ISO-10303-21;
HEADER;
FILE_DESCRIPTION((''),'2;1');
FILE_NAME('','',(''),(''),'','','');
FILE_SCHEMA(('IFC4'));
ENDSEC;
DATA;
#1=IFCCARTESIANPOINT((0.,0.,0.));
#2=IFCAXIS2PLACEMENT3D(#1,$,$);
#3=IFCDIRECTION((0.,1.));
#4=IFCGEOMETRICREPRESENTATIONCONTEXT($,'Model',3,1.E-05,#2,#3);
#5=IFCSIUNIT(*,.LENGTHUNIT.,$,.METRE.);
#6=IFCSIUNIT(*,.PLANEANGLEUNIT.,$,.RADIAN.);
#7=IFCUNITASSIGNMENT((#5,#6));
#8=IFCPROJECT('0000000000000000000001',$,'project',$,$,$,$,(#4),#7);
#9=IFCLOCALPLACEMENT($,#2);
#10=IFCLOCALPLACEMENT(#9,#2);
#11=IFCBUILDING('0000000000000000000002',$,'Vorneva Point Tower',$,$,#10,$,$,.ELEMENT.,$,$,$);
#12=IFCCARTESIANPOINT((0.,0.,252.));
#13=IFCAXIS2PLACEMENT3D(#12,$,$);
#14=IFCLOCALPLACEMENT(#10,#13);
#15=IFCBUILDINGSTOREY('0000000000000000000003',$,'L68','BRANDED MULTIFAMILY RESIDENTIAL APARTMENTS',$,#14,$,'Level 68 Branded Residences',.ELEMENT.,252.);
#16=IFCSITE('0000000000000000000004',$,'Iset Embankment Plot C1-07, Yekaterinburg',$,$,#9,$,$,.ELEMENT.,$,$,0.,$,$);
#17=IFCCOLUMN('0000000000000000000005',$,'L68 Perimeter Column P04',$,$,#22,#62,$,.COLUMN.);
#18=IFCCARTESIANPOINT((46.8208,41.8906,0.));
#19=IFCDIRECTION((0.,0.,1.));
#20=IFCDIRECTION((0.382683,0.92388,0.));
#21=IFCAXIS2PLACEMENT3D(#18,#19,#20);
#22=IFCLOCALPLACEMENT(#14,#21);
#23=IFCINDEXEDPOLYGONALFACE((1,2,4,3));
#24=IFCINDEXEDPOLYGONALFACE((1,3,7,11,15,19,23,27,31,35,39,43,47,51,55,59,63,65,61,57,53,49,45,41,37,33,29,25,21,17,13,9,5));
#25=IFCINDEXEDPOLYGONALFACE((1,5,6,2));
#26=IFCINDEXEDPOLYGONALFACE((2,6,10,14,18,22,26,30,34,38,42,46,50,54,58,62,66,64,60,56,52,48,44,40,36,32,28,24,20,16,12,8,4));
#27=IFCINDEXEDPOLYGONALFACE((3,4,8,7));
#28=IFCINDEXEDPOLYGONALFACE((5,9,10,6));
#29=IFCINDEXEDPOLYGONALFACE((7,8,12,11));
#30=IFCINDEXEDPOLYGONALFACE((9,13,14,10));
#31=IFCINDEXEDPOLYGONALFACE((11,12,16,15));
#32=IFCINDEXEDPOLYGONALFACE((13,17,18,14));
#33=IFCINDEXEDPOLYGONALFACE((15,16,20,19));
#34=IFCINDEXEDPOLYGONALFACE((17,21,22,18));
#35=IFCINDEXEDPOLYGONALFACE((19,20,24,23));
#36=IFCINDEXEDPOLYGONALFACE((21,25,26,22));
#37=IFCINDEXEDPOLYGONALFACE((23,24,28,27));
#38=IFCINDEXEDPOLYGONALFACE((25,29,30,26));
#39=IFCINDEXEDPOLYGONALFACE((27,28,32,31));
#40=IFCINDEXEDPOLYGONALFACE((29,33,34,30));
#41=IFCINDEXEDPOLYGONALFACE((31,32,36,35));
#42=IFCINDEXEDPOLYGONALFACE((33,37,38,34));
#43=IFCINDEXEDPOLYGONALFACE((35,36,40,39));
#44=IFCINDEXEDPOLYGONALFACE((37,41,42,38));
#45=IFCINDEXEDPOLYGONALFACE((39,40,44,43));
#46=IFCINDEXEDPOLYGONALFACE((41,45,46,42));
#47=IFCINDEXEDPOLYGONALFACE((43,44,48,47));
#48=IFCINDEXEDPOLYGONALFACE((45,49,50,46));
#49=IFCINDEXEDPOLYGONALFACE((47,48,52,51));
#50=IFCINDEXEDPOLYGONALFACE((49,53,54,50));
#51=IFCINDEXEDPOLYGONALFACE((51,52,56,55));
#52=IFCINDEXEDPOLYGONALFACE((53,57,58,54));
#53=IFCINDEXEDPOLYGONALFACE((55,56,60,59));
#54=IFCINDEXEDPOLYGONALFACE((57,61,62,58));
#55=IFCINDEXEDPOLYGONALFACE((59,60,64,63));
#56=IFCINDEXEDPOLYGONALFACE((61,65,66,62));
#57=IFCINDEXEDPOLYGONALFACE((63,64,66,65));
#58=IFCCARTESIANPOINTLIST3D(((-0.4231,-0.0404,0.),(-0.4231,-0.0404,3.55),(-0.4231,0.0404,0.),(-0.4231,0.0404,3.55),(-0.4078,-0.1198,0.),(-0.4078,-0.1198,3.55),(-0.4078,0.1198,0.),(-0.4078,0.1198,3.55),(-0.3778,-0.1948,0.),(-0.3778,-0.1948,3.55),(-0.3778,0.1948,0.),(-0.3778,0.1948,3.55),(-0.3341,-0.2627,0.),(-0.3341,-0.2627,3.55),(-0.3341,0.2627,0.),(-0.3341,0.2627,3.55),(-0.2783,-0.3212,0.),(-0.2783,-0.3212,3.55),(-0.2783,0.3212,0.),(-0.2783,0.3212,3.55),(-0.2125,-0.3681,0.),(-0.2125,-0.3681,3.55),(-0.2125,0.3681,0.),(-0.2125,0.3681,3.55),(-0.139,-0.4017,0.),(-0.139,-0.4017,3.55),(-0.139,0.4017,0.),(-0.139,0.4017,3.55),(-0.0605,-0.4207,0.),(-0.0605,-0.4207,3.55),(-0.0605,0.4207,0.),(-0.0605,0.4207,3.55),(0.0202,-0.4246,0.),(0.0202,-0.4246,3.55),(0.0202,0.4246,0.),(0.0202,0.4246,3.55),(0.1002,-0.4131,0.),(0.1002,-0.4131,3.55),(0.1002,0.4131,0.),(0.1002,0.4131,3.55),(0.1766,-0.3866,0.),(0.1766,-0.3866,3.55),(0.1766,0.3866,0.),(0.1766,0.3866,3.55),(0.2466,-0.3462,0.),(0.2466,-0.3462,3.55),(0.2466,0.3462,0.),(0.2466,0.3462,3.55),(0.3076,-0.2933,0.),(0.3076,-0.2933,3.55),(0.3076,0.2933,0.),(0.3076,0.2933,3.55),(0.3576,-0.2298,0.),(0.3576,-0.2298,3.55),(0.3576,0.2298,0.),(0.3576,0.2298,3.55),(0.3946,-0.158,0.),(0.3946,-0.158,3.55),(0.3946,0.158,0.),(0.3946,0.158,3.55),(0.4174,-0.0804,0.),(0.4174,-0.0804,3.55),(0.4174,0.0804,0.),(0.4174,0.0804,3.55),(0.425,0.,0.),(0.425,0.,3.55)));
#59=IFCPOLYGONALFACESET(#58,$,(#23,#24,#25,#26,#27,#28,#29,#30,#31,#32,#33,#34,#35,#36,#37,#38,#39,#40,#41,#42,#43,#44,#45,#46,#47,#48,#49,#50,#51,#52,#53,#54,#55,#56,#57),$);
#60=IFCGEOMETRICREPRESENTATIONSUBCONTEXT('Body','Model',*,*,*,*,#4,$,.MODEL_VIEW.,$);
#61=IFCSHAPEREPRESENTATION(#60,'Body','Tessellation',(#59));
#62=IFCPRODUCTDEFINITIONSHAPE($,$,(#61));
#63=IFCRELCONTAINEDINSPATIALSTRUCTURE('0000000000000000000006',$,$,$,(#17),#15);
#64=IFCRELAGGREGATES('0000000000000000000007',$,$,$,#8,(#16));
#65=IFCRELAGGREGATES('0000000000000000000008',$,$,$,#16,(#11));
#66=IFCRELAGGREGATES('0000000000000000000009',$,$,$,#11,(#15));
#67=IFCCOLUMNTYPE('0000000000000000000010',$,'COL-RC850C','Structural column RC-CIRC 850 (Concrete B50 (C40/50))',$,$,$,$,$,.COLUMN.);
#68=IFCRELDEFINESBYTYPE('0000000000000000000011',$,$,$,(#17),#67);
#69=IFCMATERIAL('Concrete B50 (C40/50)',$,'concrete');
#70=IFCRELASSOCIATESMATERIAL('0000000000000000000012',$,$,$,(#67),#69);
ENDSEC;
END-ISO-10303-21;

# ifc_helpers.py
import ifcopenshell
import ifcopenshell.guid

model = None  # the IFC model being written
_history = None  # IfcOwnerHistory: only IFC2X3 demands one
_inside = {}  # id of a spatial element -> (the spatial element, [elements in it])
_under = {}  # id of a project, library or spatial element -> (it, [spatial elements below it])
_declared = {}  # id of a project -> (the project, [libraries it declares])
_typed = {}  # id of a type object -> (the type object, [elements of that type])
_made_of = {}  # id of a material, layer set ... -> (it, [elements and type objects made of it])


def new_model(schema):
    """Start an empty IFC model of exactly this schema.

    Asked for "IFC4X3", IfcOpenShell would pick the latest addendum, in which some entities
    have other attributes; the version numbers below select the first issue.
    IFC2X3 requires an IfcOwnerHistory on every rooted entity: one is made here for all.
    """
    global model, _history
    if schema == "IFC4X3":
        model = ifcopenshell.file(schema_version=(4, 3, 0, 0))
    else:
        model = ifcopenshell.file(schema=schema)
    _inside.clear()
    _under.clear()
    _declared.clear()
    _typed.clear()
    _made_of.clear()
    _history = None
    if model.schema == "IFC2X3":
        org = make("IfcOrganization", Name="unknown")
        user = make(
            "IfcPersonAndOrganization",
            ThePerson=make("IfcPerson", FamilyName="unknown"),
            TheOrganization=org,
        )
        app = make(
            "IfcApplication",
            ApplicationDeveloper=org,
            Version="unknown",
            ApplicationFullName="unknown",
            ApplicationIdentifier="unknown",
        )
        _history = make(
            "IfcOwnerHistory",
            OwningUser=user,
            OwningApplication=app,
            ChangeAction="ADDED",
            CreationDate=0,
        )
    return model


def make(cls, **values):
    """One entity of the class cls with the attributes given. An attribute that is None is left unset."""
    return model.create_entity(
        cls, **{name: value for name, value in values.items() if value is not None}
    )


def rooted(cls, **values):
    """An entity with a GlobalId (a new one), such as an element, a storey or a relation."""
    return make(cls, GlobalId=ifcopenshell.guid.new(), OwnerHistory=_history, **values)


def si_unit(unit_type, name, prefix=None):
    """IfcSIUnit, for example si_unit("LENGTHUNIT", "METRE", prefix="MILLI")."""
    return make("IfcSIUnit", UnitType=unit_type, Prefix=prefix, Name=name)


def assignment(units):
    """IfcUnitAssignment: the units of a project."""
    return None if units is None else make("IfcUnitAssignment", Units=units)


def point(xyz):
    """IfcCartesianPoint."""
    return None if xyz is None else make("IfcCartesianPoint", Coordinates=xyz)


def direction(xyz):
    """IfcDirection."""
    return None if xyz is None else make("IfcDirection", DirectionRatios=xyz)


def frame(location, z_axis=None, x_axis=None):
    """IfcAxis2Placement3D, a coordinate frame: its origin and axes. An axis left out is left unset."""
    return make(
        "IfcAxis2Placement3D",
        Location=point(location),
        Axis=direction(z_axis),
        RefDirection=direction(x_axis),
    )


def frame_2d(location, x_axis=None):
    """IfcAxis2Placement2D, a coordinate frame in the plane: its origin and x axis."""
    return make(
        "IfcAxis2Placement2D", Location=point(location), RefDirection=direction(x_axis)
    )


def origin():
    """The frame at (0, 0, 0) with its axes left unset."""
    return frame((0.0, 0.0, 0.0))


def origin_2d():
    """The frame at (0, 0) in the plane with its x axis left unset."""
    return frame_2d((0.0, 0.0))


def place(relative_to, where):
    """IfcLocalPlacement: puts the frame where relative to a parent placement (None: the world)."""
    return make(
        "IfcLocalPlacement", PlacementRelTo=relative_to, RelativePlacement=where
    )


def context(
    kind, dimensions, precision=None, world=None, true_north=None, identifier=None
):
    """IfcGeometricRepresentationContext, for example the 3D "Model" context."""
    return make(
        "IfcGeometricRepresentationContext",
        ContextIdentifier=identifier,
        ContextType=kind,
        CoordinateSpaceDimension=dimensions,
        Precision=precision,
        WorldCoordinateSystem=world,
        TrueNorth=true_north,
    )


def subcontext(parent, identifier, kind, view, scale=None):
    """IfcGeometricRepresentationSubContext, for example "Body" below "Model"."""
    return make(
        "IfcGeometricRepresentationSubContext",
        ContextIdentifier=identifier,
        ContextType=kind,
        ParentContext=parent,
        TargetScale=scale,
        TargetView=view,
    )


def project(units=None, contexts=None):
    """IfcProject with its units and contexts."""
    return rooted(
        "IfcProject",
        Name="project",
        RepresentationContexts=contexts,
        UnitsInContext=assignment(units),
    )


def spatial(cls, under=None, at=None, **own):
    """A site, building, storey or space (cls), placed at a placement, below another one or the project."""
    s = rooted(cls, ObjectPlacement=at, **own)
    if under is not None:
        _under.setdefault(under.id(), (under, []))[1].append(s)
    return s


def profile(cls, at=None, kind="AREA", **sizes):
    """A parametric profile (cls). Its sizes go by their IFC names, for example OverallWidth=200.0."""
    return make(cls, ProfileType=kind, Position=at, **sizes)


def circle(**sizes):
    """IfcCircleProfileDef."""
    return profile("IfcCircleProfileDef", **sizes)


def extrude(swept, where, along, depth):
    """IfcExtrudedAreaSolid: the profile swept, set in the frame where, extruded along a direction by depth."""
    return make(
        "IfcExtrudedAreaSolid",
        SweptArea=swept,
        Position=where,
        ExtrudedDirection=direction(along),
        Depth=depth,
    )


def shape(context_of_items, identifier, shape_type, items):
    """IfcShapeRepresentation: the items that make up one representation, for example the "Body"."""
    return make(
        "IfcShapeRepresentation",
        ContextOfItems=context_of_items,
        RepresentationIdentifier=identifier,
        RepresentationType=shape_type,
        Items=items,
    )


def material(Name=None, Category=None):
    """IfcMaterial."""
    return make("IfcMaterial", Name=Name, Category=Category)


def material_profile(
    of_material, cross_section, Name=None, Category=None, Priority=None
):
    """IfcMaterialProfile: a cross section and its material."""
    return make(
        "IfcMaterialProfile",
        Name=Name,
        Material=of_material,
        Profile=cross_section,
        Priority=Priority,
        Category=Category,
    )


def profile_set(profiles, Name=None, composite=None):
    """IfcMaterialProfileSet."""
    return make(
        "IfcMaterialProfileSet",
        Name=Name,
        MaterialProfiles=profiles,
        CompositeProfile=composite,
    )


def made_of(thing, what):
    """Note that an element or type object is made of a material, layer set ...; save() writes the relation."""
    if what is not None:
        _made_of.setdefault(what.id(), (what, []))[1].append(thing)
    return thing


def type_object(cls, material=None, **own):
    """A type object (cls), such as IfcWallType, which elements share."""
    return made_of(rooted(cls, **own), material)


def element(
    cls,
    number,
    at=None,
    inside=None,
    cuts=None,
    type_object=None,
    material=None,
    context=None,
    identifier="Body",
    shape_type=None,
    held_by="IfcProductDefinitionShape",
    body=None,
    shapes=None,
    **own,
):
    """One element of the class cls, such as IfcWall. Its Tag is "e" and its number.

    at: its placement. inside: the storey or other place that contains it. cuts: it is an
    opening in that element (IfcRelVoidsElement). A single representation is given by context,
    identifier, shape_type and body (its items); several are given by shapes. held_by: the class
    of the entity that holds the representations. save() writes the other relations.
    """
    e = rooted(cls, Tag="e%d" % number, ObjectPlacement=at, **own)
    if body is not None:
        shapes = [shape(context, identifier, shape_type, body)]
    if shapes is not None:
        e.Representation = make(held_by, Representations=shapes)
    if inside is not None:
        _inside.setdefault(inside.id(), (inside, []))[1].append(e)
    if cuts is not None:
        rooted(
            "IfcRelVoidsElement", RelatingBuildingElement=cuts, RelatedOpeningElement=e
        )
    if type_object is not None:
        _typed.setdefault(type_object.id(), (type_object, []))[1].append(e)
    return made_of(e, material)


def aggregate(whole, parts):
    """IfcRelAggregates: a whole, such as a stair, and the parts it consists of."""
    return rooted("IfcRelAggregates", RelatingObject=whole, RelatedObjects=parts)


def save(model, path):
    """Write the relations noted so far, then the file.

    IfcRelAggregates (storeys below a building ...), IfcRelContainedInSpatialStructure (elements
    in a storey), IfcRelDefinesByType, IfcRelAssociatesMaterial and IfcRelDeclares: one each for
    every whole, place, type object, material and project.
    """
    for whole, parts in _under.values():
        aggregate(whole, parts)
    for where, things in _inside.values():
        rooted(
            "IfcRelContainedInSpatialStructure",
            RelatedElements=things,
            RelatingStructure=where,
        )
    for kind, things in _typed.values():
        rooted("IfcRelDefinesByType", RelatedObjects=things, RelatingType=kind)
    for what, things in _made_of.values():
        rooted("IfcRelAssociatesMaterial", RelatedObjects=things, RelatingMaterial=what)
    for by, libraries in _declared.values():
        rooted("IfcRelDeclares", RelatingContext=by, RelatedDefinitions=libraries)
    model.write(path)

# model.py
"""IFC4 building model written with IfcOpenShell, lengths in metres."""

from ifc_helpers import new_model, si_unit, direction, frame, origin, origin_2d, place, context, subcontext, project, spatial, circle, extrude, material, material_profile, profile_set, type_object, element, save


model = new_model("IFC4")

# Units and contexts
model_context = context("Model", 3, precision=1e-05, world=origin(), true_north=direction((0.0, 1.0)))
body_context = subcontext(model_context, "Body", "Model", "MODEL_VIEW")
ifc_project = project(units=[si_unit("LENGTHUNIT", "METRE"), si_unit("PLANEANGLEUNIT", "RADIAN")], contexts=[model_context])

# Site, building, storey
site_placement = place(None, origin())
site = spatial("IfcSite", under=ifc_project, at=site_placement, Name="Iset Embankment Plot C1-07, Yekaterinburg", CompositionType="ELEMENT", RefElevation=0.0)
building_placement = place(site_placement, origin())
building = spatial("IfcBuilding", under=site, at=building_placement, Name="Vorneva Point Tower", CompositionType="ELEMENT")
storey_placement = place(building_placement, frame((0.0, 0.0, 252.0)))
storey = spatial("IfcBuildingStorey", under=building, at=storey_placement, Name="L68", Description="BRANDED MULTIFAMILY RESIDENTIAL APARTMENTS", LongName="Level 68 Branded Residences", CompositionType="ELEMENT", Elevation=252.0)

# Column
ifc_material_1 = material(Name="Concrete B50 (C40/50)", Category="concrete")
ifc_material_profile_1 = material_profile(ifc_material_1, circle(Radius=0.425, at=origin_2d()), Name="RC-CIRC 850")
ifc_profile_set_1 = profile_set([ifc_material_profile_1], Name="Concrete B50 (C40/50)")
column_type = type_object("IfcColumnType", Name="COL-RC850C", Description="Structural column RC-CIRC 850 (Concrete B50 (C40/50))", PredefinedType="COLUMN", material=ifc_profile_set_1)
for number, where, z_axis, x_axis, name in (
    (1, (46.8208, 41.8906, 0.0), (0.0, 0.0, 1.0), (0.382683, 0.92388, 0.0), "L68 Perimeter Column P04"),
):
    element("IfcColumn", number, at=place(storey_placement, frame(where, z_axis=z_axis, x_axis=x_axis)), inside=storey, type_object=column_type, Name=name, PredefinedType="COLUMN", context=body_context, shape_type="SweptSolid", body=[
        extrude(circle(Radius=0.425, at=origin_2d()), origin(), (0.0, 0.0, 1.0), 3.55),
    ])

save(model, "model.ifc")
